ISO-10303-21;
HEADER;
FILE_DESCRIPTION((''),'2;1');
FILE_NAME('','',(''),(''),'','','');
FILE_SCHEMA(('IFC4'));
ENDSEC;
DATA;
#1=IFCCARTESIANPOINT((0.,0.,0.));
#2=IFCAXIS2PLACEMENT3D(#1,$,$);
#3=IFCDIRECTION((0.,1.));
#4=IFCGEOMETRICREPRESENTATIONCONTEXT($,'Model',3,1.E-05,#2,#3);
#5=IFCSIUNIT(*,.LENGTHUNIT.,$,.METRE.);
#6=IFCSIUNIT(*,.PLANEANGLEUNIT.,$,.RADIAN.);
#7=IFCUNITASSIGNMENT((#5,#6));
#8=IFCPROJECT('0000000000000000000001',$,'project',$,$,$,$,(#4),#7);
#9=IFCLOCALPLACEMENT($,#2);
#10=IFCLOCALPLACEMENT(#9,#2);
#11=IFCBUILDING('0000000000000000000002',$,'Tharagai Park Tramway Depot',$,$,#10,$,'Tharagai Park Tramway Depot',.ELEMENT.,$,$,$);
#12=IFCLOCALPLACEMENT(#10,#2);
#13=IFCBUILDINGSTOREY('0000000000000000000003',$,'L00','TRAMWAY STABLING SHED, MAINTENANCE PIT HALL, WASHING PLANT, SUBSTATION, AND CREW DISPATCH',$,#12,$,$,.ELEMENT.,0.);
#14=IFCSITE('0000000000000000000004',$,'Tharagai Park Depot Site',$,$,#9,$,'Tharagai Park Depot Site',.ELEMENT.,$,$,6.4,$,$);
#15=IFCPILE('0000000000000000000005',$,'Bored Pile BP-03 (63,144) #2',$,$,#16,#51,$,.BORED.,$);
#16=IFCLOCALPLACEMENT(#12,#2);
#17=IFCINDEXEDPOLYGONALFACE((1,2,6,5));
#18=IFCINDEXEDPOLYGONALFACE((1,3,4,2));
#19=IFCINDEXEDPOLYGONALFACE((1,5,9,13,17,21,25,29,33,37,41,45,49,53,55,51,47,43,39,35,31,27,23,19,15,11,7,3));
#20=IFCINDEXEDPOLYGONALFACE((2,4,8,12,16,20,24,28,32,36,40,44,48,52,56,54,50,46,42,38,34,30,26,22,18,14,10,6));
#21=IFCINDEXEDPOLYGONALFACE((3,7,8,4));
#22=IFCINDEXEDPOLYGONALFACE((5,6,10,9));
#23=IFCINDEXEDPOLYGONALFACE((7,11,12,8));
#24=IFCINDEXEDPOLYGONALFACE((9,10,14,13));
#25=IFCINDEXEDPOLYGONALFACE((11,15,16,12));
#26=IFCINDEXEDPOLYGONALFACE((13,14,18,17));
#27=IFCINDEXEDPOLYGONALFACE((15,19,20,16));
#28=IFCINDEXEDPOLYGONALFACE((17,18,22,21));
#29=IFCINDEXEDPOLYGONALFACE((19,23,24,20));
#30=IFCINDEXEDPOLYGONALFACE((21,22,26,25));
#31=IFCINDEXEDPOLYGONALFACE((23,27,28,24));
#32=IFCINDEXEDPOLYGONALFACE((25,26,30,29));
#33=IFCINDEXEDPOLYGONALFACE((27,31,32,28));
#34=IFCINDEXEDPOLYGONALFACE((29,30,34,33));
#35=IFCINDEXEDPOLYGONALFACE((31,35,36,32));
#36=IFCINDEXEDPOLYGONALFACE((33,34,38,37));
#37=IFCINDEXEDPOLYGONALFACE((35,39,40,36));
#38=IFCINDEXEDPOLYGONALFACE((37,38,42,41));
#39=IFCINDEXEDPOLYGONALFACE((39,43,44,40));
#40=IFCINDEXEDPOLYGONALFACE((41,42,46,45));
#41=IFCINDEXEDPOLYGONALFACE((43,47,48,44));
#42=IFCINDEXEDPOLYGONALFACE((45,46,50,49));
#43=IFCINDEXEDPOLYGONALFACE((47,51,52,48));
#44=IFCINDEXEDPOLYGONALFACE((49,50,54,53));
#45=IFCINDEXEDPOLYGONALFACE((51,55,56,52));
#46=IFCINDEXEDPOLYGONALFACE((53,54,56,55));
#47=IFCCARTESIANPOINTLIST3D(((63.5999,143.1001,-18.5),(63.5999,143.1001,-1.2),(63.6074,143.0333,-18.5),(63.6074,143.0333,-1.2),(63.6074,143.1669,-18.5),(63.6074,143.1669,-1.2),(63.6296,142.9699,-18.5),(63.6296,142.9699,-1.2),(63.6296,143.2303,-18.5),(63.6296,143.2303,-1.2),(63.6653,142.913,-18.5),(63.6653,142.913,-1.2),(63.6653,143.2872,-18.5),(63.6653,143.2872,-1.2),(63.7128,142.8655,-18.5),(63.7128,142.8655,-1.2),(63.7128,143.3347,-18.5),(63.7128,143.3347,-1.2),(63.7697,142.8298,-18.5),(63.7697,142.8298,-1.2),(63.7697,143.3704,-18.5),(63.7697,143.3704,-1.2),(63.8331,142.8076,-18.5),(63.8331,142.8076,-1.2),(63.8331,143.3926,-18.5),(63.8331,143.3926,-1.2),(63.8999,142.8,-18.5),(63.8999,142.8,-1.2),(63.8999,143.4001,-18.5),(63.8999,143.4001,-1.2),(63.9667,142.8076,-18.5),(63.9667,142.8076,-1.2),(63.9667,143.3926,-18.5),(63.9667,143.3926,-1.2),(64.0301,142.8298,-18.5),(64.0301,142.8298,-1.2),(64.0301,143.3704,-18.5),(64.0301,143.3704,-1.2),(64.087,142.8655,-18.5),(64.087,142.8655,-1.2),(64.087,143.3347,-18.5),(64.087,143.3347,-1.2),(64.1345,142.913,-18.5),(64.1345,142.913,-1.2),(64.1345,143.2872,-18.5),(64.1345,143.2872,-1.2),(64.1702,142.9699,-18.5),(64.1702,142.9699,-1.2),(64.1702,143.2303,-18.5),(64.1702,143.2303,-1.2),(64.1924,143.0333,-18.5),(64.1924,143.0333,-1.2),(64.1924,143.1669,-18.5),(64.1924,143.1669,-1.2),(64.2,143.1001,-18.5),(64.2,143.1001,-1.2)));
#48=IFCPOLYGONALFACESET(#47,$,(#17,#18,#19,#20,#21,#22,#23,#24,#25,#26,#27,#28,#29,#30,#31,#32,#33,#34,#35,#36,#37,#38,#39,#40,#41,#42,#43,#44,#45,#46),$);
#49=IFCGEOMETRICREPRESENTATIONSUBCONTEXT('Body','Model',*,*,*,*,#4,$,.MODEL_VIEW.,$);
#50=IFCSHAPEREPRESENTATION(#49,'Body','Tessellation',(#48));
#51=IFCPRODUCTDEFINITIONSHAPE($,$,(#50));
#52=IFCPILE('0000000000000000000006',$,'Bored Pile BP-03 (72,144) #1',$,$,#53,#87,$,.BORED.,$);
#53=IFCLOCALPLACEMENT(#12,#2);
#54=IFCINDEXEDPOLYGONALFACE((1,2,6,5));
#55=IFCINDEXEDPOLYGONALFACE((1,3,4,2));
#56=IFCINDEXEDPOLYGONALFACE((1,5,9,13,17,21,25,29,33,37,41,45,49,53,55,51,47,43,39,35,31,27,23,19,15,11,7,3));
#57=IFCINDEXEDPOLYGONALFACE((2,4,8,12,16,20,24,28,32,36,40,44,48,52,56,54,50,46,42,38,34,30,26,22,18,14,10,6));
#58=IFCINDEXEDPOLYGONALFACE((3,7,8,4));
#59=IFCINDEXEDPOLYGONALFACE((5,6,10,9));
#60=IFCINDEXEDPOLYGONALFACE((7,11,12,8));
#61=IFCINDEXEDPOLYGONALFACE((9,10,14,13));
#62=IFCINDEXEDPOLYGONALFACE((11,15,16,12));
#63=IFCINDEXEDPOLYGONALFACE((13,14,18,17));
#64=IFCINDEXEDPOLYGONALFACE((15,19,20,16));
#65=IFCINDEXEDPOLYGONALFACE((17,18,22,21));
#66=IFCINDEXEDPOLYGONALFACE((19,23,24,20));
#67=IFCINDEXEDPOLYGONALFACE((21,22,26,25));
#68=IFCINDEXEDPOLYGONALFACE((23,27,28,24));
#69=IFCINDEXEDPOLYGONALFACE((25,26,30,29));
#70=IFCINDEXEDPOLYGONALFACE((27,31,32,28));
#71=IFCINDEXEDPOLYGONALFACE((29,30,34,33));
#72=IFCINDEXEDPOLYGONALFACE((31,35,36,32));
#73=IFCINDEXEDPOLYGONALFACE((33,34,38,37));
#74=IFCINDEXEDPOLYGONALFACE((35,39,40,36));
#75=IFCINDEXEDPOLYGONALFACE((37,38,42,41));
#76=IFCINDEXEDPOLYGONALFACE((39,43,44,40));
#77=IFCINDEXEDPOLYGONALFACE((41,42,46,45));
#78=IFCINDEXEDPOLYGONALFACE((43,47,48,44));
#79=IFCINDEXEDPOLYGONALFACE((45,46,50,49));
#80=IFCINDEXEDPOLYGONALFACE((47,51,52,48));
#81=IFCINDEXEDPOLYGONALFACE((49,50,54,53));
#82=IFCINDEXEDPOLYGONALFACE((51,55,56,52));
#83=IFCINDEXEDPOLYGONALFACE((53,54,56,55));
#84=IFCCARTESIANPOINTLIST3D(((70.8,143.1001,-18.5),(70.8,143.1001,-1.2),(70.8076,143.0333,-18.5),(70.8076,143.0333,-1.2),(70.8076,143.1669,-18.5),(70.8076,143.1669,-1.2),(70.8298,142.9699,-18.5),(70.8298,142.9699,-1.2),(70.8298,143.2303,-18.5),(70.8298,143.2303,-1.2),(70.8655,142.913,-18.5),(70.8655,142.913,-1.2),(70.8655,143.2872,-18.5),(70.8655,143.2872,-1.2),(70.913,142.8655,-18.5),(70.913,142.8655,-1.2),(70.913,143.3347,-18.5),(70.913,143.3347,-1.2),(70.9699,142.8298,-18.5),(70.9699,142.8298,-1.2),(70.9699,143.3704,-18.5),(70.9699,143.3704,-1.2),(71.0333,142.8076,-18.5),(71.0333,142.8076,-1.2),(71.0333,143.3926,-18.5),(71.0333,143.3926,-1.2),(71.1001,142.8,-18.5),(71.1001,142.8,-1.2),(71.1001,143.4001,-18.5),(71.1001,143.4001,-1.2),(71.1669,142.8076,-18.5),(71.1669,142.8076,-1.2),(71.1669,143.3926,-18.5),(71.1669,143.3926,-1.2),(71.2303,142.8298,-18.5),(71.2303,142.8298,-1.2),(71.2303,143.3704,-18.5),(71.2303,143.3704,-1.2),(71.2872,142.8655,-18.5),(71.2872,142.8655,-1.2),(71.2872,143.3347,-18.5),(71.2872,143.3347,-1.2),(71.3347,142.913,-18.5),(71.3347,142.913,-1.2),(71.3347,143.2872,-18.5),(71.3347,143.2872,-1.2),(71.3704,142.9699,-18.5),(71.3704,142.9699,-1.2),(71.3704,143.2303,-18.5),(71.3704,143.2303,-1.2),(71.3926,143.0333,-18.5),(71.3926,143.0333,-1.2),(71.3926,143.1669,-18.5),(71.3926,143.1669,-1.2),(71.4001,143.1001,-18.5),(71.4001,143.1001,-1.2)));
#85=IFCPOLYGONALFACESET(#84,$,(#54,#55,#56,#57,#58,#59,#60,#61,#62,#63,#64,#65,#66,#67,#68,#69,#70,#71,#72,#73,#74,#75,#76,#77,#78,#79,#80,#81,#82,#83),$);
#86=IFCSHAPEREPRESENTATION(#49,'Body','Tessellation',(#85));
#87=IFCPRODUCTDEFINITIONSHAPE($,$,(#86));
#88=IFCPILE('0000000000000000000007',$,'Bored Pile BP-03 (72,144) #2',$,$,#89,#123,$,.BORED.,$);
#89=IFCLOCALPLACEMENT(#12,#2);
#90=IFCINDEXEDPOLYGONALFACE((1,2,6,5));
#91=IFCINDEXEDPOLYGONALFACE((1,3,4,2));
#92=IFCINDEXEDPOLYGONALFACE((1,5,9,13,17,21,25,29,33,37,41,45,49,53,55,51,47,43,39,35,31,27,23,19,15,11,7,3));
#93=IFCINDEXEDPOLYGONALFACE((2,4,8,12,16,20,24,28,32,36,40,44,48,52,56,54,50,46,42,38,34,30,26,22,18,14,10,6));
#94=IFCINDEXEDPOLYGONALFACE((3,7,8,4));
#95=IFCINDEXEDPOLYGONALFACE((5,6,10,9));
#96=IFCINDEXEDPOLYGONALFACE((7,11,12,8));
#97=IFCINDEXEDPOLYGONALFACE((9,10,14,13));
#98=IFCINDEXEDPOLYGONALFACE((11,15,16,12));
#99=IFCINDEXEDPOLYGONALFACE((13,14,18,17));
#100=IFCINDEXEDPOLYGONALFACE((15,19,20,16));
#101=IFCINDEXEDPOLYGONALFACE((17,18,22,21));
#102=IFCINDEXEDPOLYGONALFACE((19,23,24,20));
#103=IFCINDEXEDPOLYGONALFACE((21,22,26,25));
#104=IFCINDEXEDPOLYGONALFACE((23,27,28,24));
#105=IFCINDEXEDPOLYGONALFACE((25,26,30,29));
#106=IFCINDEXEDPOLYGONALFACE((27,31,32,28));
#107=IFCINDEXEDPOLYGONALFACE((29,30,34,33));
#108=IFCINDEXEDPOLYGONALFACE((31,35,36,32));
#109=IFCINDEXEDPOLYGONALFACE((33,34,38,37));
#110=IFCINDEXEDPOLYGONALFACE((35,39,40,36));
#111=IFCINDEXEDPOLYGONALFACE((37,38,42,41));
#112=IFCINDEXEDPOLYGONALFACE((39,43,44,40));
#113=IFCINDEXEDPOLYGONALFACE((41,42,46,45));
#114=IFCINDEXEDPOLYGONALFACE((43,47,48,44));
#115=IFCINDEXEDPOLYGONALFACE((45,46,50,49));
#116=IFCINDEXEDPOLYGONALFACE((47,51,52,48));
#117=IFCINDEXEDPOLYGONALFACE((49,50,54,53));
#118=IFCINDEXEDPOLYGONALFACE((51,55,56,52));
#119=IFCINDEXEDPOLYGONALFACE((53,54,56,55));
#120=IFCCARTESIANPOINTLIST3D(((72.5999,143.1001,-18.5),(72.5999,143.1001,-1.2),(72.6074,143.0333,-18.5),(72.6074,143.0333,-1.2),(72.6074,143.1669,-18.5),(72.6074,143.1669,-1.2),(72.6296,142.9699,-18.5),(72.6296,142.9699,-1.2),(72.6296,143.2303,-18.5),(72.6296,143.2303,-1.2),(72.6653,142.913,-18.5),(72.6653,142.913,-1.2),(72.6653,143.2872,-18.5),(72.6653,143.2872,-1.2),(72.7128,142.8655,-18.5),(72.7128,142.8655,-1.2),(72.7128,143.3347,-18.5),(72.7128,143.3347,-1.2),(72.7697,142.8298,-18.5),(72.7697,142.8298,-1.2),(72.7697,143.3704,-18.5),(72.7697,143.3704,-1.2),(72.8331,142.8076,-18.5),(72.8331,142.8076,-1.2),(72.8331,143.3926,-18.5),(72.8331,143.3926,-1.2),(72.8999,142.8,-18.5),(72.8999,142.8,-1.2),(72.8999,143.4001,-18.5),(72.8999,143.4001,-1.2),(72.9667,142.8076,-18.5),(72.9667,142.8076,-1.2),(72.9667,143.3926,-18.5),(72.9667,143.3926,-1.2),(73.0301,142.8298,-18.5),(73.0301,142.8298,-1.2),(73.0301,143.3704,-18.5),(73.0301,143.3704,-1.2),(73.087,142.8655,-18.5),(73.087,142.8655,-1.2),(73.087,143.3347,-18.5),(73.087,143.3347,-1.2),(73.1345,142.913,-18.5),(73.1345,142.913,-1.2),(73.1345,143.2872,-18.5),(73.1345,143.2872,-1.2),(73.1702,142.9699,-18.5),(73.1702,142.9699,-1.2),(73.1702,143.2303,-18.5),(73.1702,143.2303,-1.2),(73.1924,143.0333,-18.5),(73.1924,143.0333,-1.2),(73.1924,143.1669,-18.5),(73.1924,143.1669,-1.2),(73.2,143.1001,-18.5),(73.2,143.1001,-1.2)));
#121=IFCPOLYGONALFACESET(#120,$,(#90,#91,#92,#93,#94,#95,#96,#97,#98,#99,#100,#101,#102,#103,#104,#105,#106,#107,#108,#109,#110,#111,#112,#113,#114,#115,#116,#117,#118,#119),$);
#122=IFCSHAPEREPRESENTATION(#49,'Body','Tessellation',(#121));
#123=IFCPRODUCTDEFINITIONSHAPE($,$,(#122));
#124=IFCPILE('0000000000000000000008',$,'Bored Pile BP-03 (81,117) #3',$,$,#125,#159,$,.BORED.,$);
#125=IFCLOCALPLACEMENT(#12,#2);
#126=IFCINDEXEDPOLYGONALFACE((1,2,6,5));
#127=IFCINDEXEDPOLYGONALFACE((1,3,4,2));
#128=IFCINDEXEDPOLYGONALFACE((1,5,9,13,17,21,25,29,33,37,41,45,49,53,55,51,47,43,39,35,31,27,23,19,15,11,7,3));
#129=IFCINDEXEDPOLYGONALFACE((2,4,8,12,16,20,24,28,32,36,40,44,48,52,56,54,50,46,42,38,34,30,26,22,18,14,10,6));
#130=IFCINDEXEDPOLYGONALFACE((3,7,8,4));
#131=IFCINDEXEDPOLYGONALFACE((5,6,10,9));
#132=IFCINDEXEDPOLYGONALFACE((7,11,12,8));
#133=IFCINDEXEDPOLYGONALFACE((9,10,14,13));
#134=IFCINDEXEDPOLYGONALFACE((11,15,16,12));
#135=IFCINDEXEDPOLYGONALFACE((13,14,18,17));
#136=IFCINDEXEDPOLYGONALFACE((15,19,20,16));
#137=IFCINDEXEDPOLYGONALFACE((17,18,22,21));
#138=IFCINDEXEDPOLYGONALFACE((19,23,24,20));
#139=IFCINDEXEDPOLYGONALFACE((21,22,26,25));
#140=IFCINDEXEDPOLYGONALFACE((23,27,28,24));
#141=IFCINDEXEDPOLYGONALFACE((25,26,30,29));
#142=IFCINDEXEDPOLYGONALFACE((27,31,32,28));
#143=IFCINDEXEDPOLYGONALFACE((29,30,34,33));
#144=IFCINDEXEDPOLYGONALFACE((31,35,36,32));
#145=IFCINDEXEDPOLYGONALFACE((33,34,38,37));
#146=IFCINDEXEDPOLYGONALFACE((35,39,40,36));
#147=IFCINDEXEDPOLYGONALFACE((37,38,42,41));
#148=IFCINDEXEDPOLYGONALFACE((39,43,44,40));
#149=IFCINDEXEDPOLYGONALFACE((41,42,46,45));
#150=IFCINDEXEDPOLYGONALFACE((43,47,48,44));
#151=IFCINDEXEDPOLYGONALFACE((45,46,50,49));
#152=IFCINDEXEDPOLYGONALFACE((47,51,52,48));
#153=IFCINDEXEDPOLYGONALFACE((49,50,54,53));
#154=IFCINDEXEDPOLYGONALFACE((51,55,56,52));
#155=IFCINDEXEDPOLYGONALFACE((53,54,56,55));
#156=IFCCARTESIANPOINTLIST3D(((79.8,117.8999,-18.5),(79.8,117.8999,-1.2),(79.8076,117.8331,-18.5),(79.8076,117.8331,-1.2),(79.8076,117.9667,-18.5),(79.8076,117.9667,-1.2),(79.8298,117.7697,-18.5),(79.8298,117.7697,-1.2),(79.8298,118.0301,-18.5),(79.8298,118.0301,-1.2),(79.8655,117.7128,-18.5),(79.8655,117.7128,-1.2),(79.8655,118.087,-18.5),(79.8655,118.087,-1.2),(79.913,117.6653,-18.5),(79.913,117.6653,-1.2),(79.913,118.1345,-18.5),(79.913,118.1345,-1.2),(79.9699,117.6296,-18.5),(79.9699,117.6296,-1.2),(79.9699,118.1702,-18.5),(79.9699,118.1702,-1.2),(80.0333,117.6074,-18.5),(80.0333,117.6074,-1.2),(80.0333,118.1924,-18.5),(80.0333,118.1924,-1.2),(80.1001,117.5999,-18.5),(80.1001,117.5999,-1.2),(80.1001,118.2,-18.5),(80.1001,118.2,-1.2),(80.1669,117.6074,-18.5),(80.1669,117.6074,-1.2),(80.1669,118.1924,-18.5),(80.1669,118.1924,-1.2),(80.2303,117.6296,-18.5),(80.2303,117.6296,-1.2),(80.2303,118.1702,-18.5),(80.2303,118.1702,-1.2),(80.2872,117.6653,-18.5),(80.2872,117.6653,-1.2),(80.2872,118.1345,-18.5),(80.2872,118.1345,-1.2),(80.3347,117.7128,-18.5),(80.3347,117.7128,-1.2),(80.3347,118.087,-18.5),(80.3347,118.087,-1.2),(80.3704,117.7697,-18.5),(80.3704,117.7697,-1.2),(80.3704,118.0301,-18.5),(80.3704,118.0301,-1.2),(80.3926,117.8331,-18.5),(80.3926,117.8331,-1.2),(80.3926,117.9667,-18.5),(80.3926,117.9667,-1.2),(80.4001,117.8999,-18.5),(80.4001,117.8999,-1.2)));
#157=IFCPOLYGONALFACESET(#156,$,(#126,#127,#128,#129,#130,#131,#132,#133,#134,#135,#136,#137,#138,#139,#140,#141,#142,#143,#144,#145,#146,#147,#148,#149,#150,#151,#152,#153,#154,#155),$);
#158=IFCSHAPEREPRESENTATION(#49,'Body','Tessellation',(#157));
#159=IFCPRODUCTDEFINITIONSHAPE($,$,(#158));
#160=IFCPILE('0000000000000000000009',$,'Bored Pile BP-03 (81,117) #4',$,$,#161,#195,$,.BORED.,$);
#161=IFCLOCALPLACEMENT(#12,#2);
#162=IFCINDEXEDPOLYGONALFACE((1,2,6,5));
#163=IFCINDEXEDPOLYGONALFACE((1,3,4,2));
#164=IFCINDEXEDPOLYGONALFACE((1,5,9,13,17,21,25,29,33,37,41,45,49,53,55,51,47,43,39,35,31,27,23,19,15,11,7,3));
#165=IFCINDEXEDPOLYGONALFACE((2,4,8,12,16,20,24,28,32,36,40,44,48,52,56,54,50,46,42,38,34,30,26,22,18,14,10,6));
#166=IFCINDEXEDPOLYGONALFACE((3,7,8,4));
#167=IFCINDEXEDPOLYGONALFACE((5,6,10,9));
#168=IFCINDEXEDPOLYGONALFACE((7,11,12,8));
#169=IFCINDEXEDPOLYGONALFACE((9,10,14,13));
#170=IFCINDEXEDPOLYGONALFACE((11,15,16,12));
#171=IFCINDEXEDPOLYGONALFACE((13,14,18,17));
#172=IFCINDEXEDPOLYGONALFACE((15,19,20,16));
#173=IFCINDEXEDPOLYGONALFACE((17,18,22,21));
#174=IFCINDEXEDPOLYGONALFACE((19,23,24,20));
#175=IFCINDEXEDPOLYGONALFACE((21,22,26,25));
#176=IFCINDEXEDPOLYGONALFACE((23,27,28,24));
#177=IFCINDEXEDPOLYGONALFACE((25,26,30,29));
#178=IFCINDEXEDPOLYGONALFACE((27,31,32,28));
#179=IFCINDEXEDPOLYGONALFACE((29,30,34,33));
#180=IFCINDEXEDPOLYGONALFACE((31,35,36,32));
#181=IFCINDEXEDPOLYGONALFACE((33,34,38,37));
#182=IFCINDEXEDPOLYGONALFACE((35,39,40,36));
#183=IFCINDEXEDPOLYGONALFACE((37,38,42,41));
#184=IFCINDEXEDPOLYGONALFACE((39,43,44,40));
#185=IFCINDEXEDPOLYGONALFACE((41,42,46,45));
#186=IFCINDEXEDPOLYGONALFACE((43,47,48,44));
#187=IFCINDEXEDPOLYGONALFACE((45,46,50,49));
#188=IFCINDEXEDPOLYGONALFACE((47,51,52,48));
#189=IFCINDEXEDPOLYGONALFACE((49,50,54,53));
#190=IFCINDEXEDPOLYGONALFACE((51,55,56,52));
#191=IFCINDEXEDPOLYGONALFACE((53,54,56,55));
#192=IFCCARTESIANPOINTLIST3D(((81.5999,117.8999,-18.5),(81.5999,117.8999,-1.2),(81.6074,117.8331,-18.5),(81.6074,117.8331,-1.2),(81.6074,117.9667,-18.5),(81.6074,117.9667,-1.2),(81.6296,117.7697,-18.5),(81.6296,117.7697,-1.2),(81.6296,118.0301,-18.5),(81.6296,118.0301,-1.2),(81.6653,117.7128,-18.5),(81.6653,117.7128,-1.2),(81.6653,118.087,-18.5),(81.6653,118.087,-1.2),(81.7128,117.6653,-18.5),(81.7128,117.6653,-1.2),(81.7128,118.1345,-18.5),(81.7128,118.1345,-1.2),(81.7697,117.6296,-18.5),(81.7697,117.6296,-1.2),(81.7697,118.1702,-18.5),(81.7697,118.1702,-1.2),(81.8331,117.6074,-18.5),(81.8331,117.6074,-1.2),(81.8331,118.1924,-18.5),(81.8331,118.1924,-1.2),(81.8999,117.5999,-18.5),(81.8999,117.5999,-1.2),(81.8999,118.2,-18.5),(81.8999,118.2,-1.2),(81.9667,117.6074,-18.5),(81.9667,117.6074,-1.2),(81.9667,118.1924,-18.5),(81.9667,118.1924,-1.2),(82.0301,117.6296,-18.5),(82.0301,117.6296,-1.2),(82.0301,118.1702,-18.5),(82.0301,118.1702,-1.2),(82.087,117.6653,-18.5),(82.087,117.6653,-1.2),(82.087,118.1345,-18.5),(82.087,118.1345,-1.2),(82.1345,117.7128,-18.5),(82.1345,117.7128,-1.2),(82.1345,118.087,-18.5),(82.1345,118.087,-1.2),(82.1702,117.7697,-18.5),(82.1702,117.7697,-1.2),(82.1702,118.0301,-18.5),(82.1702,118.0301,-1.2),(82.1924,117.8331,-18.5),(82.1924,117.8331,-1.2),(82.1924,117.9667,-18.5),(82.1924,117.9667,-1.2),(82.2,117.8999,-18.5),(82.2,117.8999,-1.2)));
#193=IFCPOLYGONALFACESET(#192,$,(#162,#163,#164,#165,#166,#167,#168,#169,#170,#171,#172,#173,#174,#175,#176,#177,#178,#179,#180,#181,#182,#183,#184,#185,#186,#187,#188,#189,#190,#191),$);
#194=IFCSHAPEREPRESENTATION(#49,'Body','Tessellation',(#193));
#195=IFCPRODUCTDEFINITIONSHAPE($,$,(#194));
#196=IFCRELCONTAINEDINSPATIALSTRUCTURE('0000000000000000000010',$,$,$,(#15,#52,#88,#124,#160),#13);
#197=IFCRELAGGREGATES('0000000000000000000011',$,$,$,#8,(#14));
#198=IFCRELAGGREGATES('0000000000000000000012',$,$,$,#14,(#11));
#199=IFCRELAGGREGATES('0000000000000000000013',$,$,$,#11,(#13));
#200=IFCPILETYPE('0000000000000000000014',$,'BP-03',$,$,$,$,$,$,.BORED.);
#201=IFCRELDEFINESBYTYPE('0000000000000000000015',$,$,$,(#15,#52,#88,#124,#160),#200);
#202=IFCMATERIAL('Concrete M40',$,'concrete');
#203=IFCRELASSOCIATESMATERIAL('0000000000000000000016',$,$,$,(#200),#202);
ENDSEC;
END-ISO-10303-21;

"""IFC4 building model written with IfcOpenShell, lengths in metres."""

from ifc_helpers import new_model, si_unit, direction, frame, origin, origin_2d, place, context, subcontext, project, spatial, circle, extrude, material, material_profile, profile_set, type_object, element, save


model = new_model("IFC4")

# Units and contexts
model_context = context("Model", 3, precision=1e-05, world=origin(), true_north=direction((0.0, 1.0)))
body_context = subcontext(model_context, "Body", "Model", "MODEL_VIEW")
ifc_project = project(units=[si_unit("LENGTHUNIT", "METRE"), si_unit("PLANEANGLEUNIT", "RADIAN")], contexts=[model_context])

# Site, building, storey
site_placement = place(None, origin())
site = spatial("IfcSite", under=ifc_project, at=site_placement, Name="Tharagai Park Depot Site", LongName="Tharagai Park Depot Site", CompositionType="ELEMENT", RefElevation=6.4)
building_placement = place(site_placement, origin())
building = spatial("IfcBuilding", under=site, at=building_placement, Name="Tharagai Park Tramway Depot", LongName="Tharagai Park Tramway Depot", CompositionType="ELEMENT")
storey_placement = place(building_placement, origin())
storey = spatial("IfcBuildingStorey", under=building, at=storey_placement, Name="L00", Description="TRAMWAY STABLING SHED, MAINTENANCE PIT HALL, WASHING PLANT, SUBSTATION, AND CREW DISPATCH", CompositionType="ELEMENT", Elevation=0.0)

# Piles
ifc_material_1 = material(Name="Concrete M40", Category="concrete")
ifc_material_profile_1 = material_profile(ifc_material_1, circle(Radius=0.3, at=origin_2d()), Name="PILE D600")
ifc_profile_set_1 = profile_set([ifc_material_profile_1], Name="Concrete M40")
pile_type = type_object("IfcPileType", Name="BP-03", PredefinedType="BORED", material=ifc_profile_set_1)
for number, where, z_axis, x_axis, name in (
    (1, (63.8999, 143.1001, -1.2), (0.0, 0.0, -1.0), (1.0, 0.0, 0.0), "Bored Pile BP-03 (63,144) #2"),
    (2, (71.1001, 143.1001, -1.2), (0.0, 0.0, -1.0), (1.0, 0.0, 0.0), "Bored Pile BP-03 (72,144) #1"),
    (3, (72.8999, 143.1001, -1.2), (0.0, 0.0, -1.0), (1.0, 0.0, 0.0), "Bored Pile BP-03 (72,144) #2"),
    (4, (80.1001, 117.8999, -1.2), (0.0, 0.0, -1.0), (1.0, 0.0, 0.0), "Bored Pile BP-03 (81,117) #3"),
    (5, (81.8999, 117.8999, -1.2), (0.0, 0.0, -1.0), (1.0, 0.0, 0.0), "Bored Pile BP-03 (81,117) #4"),
):
    element("IfcPile", number, at=place(storey_placement, frame(where, z_axis=z_axis, x_axis=x_axis)), inside=storey, type_object=pile_type, Name=name, PredefinedType="BORED", context=body_context, shape_type="SweptSolid", body=[
        extrude(circle(Radius=0.3, at=origin_2d()), origin(), (0.0, 0.0, 1.0), 17.3),
    ])

save(model, "model.ifc")
